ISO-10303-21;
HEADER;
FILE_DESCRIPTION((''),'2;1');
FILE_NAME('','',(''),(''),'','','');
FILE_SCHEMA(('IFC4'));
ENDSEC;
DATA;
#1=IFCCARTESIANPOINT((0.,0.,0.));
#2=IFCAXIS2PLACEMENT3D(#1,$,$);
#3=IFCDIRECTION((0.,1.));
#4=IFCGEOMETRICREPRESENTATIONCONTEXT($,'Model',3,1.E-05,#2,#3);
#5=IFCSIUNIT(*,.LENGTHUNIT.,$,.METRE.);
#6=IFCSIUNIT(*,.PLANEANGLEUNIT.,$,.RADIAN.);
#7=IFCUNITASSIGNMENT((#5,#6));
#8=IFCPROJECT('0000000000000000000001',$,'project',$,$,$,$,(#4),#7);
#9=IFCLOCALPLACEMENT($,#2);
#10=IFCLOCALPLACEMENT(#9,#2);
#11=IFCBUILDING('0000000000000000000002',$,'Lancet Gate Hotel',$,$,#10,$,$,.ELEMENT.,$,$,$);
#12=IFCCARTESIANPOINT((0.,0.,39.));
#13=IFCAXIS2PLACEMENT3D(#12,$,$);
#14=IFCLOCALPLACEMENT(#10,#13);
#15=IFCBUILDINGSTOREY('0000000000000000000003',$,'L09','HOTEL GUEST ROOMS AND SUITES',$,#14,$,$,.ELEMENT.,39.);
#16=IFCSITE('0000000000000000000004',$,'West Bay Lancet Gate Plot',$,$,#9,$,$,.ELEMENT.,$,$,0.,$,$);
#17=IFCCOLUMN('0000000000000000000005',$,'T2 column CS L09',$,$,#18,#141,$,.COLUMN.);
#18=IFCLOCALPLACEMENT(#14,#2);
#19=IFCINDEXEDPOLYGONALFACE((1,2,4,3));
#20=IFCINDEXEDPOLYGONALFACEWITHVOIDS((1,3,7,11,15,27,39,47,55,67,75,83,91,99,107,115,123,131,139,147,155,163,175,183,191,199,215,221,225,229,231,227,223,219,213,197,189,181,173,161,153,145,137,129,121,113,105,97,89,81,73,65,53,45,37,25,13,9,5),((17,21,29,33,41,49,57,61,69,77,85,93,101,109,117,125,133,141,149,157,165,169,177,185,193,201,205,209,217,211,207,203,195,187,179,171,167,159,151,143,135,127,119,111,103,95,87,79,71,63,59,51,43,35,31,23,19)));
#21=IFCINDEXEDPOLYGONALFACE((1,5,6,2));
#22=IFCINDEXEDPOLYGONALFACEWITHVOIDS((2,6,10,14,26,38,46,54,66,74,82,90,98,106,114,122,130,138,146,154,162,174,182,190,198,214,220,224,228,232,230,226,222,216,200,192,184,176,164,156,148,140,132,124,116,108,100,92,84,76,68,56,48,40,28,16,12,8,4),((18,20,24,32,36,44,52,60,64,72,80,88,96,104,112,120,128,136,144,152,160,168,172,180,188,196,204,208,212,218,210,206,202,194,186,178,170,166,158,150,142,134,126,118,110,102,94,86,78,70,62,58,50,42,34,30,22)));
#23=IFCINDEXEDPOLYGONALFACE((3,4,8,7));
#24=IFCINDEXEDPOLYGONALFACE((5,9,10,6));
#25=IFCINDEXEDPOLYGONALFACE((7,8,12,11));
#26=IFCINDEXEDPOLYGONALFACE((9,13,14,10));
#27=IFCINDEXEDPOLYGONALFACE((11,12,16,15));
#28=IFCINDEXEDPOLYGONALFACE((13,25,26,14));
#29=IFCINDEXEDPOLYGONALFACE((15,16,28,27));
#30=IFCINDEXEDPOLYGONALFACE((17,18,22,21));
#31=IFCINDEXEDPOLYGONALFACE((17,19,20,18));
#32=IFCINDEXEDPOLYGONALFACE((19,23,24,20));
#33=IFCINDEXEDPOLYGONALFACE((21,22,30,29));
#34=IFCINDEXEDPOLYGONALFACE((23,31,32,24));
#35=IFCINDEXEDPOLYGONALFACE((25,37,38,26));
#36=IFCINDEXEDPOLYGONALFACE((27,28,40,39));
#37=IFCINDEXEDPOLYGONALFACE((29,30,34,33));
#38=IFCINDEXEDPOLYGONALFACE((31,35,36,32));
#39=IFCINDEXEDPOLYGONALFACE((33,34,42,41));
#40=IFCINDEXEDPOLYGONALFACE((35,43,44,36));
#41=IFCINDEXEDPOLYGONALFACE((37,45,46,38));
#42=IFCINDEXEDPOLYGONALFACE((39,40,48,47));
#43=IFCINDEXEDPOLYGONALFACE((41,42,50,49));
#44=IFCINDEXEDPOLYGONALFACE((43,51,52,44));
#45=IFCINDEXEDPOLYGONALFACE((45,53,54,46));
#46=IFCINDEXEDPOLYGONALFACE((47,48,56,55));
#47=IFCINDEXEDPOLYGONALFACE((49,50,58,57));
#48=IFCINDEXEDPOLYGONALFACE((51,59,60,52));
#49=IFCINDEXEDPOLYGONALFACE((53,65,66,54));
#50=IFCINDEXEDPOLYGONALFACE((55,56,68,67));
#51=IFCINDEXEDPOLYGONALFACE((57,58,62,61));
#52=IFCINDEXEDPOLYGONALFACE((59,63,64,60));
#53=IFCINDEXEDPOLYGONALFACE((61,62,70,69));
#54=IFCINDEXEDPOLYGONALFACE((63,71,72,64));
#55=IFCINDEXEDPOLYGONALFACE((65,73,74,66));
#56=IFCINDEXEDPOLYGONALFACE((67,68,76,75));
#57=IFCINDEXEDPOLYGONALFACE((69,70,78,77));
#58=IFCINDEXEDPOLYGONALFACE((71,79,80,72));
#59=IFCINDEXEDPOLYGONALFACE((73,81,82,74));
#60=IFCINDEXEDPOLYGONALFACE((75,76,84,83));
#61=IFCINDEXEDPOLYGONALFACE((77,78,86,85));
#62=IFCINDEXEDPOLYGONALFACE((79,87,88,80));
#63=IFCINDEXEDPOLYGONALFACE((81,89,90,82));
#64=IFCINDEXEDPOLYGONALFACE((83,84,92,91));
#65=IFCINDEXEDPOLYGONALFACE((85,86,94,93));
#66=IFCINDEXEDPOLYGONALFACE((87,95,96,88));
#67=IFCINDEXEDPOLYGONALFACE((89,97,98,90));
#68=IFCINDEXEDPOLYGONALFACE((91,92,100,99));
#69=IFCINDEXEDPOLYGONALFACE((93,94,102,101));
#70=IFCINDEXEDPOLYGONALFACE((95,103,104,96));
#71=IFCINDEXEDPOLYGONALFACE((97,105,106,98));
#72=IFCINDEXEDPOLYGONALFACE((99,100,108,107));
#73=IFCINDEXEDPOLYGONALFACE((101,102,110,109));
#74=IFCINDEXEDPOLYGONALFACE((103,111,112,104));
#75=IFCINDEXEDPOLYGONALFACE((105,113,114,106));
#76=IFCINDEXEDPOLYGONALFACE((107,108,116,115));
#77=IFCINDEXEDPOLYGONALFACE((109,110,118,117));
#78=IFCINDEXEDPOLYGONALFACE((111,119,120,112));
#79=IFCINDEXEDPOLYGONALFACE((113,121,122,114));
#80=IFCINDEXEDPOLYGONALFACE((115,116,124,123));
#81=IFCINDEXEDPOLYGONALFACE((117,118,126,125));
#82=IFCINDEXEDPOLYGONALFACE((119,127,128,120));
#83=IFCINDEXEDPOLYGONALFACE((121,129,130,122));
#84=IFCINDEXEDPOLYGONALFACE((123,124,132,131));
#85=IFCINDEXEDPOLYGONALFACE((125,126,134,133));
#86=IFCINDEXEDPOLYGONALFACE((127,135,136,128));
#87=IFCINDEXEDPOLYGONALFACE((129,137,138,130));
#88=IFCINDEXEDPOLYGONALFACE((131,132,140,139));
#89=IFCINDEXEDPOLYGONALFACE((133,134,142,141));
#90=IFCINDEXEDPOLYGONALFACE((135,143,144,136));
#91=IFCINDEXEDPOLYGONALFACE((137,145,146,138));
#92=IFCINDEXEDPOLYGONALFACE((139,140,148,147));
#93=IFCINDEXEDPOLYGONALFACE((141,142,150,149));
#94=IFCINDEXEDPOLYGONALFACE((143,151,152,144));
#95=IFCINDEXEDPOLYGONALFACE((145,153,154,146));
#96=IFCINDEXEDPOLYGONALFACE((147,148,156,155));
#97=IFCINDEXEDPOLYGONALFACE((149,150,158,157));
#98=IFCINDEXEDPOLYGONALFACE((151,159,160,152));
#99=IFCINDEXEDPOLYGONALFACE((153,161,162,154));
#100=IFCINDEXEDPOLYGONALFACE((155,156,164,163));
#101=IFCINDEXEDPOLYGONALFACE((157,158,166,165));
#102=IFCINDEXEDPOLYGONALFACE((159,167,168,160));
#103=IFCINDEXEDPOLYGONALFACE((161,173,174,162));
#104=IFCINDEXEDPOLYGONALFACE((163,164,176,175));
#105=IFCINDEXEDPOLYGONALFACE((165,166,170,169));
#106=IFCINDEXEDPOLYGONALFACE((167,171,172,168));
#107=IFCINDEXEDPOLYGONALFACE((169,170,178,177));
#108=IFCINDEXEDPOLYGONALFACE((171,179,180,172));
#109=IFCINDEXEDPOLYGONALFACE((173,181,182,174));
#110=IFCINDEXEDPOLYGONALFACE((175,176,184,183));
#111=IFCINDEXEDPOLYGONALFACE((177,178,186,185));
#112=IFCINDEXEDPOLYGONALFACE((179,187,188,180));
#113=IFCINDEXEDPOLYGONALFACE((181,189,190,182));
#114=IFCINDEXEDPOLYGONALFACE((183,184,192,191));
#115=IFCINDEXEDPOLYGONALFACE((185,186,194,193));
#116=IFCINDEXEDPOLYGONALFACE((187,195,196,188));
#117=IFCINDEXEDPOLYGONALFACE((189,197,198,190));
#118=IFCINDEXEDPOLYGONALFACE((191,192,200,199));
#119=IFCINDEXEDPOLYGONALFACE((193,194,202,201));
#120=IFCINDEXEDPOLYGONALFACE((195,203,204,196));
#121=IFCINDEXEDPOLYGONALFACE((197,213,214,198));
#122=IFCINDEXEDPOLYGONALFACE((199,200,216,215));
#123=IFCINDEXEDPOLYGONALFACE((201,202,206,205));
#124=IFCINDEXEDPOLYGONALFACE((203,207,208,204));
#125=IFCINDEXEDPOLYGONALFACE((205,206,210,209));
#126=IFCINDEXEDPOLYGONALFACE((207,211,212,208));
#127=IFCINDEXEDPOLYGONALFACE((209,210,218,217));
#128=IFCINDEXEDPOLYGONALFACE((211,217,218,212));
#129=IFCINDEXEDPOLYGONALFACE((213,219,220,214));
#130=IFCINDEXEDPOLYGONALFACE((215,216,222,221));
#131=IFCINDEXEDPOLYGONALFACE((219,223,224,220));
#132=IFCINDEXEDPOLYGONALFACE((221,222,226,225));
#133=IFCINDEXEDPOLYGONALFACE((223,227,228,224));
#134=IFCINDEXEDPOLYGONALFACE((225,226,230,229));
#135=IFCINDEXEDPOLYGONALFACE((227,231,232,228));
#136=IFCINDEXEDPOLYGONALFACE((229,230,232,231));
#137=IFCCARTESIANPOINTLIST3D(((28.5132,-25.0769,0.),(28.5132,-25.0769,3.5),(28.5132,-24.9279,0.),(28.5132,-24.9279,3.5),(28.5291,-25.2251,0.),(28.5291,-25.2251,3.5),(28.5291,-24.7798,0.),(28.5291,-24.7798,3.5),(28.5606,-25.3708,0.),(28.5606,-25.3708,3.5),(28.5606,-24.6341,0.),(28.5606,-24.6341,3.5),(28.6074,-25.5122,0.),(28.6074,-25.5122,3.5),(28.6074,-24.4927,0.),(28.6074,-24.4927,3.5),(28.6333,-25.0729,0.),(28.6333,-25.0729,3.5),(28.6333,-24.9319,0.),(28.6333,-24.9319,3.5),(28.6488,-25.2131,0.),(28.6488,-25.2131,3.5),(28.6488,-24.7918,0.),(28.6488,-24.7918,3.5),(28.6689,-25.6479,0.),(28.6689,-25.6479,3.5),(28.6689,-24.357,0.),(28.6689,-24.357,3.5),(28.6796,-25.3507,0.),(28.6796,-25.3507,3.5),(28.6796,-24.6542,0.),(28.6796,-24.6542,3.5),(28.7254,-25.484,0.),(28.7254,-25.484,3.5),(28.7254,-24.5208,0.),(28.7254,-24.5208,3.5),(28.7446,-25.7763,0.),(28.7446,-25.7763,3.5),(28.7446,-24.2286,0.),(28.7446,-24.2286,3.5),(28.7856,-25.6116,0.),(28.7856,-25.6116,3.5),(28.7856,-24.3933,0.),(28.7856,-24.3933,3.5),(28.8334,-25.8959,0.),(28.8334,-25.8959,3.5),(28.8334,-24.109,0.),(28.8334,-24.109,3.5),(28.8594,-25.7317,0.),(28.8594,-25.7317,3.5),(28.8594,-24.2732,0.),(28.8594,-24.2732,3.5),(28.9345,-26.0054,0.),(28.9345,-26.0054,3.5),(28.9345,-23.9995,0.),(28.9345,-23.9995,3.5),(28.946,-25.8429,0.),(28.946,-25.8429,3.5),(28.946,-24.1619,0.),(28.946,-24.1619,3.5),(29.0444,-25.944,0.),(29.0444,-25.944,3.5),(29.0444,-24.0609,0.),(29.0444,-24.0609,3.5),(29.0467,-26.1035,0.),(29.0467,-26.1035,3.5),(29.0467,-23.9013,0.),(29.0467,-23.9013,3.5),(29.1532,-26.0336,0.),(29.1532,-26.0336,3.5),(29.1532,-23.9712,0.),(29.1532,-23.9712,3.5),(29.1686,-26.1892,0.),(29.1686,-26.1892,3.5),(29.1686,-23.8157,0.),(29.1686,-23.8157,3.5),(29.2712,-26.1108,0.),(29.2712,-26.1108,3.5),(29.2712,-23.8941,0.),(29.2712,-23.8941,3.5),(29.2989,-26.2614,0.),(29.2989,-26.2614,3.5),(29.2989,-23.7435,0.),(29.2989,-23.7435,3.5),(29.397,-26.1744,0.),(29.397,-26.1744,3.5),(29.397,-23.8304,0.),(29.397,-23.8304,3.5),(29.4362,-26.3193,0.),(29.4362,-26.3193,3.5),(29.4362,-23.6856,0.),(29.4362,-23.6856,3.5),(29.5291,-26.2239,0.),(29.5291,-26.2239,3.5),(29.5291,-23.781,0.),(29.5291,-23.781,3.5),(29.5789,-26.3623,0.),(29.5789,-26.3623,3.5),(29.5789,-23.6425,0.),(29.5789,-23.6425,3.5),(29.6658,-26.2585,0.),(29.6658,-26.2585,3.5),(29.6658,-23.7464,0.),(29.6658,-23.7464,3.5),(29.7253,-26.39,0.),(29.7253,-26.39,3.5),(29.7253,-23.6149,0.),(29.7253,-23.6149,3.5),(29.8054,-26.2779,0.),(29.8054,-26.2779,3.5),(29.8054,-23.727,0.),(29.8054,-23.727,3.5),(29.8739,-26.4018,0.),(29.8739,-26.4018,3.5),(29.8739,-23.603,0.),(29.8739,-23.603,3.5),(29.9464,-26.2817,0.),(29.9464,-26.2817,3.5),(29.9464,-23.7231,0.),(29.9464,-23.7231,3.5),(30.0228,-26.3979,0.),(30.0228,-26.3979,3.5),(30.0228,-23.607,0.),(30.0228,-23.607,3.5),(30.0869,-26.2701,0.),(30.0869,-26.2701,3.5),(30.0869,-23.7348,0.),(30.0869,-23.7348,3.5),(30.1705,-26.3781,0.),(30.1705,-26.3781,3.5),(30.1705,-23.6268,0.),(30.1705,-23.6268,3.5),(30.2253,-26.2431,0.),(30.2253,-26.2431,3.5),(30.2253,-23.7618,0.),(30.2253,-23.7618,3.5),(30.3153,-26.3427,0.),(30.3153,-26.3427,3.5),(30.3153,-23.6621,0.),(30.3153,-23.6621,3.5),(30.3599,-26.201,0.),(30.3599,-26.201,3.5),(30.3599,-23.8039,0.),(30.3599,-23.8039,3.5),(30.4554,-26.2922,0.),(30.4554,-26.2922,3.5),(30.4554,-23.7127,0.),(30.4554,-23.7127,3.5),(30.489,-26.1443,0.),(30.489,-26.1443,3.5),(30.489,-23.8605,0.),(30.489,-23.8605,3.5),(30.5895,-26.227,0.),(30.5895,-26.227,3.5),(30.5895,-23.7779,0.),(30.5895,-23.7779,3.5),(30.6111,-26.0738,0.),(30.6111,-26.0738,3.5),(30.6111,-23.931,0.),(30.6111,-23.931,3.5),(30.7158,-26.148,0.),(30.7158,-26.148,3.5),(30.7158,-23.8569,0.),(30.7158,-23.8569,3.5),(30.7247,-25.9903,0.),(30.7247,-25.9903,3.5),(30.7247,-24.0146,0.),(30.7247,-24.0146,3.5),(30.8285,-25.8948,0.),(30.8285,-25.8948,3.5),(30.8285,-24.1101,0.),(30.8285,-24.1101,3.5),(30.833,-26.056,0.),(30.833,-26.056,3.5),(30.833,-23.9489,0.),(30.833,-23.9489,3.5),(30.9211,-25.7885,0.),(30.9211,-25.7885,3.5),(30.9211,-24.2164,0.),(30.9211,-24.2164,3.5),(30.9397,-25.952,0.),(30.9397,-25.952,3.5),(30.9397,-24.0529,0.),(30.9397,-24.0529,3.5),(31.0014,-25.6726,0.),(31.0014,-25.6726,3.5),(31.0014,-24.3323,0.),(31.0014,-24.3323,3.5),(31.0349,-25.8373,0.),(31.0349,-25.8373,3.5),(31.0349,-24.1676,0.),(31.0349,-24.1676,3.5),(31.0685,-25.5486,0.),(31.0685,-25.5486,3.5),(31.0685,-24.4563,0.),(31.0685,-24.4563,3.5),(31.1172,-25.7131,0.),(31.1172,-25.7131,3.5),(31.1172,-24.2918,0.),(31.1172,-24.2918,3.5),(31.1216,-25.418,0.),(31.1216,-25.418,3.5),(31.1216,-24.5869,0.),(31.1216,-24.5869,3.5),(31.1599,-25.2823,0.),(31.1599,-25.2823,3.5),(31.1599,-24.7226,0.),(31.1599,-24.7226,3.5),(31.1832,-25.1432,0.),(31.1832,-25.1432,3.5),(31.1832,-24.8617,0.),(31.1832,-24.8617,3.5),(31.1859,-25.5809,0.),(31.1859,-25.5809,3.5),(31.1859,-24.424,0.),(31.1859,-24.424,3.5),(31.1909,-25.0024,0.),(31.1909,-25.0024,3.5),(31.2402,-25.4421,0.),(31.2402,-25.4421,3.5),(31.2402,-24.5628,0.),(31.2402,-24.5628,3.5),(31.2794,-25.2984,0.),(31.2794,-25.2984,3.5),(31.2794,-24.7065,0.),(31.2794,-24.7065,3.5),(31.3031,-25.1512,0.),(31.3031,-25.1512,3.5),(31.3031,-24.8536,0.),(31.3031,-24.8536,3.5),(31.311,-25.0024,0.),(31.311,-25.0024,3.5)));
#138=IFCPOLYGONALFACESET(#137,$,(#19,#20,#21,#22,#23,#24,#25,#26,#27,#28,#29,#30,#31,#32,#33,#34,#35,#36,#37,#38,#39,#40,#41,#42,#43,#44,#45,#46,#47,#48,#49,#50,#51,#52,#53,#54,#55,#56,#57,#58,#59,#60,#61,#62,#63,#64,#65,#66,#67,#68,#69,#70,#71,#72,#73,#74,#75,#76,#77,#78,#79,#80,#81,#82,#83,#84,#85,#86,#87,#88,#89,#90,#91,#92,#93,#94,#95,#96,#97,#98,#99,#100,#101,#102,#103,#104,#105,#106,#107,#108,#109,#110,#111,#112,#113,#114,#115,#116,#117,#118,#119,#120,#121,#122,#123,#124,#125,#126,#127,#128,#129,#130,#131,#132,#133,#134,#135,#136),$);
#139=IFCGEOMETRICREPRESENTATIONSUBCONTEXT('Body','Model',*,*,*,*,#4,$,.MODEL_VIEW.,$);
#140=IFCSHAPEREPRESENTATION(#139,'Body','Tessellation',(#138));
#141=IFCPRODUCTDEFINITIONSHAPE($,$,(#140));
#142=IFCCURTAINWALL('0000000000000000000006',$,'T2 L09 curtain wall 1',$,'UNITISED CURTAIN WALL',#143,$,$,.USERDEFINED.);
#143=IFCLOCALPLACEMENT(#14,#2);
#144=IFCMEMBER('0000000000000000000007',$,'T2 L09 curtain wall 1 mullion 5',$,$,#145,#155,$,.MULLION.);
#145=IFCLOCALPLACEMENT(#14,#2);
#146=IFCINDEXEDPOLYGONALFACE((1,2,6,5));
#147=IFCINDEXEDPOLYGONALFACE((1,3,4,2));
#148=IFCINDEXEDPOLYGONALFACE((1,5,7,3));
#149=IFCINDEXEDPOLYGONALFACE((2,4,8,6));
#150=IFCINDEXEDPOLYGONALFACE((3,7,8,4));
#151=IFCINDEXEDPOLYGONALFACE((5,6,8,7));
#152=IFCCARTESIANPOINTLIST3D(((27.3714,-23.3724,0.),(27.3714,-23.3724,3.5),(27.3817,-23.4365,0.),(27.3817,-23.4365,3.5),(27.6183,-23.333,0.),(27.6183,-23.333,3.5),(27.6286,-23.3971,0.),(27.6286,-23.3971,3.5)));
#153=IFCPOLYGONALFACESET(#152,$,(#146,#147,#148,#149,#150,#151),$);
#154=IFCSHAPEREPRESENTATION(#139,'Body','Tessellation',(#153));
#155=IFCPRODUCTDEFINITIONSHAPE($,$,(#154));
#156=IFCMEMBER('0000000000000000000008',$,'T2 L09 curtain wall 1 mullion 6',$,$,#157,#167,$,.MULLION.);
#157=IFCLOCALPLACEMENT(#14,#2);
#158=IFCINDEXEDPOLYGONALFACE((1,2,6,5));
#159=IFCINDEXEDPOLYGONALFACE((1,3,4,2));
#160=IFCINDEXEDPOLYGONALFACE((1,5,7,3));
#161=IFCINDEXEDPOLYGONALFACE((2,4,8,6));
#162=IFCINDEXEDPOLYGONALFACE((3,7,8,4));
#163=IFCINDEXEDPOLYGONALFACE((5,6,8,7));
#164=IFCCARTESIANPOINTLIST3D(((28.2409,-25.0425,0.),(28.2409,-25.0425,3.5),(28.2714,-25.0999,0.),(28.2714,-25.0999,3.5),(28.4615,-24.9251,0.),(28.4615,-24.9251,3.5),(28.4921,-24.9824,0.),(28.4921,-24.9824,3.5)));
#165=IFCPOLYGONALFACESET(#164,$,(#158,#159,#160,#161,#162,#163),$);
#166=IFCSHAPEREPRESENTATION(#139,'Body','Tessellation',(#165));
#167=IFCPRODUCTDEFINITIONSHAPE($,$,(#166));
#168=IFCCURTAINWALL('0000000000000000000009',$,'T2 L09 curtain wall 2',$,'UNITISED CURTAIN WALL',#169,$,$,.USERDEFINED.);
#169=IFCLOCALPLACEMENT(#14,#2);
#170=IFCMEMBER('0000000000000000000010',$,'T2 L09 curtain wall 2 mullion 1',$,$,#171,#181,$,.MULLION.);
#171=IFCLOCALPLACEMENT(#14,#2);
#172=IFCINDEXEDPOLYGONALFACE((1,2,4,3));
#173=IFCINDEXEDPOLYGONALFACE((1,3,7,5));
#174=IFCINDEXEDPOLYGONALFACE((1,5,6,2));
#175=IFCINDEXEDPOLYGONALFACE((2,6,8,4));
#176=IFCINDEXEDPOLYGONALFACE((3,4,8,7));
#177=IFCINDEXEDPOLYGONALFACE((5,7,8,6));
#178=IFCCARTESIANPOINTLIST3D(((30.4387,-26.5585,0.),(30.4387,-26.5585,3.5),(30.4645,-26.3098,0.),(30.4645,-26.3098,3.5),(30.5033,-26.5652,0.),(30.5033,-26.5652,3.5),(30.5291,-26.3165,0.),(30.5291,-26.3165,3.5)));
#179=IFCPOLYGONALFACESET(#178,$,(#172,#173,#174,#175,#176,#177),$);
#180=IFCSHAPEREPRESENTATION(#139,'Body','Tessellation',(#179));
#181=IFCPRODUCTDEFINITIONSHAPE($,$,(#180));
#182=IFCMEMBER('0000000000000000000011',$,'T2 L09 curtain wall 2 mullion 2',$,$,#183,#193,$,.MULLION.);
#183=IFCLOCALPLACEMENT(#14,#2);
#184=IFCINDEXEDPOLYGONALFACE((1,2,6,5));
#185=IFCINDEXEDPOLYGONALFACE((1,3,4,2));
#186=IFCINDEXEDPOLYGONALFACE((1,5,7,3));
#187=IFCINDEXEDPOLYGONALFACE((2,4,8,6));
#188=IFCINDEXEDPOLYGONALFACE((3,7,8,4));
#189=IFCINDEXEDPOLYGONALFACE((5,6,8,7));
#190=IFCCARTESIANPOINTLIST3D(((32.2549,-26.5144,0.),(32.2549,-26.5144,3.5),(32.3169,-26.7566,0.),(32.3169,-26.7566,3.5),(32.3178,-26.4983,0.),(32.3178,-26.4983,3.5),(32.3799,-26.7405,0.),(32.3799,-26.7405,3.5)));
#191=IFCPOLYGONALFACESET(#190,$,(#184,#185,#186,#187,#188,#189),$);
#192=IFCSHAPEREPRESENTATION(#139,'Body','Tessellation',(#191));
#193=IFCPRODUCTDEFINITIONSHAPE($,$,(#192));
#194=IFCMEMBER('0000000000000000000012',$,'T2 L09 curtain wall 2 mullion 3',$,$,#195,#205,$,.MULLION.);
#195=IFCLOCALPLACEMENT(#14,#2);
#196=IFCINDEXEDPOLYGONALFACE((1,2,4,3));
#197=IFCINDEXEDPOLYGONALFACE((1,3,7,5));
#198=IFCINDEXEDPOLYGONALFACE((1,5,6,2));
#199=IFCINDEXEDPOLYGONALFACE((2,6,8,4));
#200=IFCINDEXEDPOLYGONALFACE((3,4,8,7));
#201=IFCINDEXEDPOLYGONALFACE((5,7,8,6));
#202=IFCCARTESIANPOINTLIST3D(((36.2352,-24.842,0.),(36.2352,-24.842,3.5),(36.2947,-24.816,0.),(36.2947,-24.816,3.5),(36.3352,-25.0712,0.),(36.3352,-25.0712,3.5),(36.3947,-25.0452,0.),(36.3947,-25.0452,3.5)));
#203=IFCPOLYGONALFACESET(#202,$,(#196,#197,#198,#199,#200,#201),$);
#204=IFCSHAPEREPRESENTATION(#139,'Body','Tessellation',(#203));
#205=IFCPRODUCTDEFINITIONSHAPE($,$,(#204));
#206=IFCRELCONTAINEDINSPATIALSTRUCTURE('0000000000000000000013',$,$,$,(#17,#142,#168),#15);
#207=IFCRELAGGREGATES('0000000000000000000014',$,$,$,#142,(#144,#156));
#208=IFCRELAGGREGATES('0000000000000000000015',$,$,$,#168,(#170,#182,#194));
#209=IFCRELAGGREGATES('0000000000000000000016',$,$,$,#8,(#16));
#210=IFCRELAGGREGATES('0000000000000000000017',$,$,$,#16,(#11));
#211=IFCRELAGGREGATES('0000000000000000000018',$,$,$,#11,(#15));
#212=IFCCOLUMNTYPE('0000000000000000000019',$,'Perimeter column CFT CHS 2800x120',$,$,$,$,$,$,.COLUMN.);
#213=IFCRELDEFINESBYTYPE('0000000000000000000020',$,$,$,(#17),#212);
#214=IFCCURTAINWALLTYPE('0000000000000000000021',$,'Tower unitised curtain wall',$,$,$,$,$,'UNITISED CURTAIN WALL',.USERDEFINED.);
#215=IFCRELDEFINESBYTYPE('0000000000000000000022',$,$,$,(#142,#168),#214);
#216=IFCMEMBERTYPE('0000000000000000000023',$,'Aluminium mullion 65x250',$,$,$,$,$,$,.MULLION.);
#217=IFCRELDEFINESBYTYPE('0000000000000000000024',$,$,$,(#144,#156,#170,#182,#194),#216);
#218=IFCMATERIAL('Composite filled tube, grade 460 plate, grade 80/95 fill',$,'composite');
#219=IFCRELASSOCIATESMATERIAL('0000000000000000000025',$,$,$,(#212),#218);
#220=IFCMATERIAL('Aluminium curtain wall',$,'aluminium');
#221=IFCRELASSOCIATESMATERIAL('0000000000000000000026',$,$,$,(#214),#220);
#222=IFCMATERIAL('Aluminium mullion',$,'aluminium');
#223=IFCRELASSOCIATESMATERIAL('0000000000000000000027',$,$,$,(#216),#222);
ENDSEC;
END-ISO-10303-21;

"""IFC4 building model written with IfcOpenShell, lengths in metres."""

from ifc_helpers import new_model, si_unit, direction, frame, origin, origin_2d, place, context, subcontext, project, spatial, rectangle, hollow_circle, extrude, material, material_profile, profile_set, type_object, element, aggregate, save


model = new_model("IFC4")

# Units and contexts
model_context = context("Model", 3, precision=1e-05, world=origin(), true_north=direction((0.0, 1.0)))
body_context = subcontext(model_context, "Body", "Model", "MODEL_VIEW")
ifc_project = project(units=[si_unit("LENGTHUNIT", "METRE"), si_unit("PLANEANGLEUNIT", "RADIAN")], contexts=[model_context])

# Site, building, storey
site_placement = place(None, origin())
site = spatial("IfcSite", under=ifc_project, at=site_placement, Name="West Bay Lancet Gate Plot", CompositionType="ELEMENT", RefElevation=0.0)
building_placement = place(site_placement, origin())
building = spatial("IfcBuilding", under=site, at=building_placement, Name="Lancet Gate Hotel", CompositionType="ELEMENT")
storey_placement = place(building_placement, frame((0.0, 0.0, 39.0)))
storey = spatial("IfcBuildingStorey", under=building, at=storey_placement, Name="L09", Description="HOTEL GUEST ROOMS AND SUITES", CompositionType="ELEMENT", Elevation=39.0)

# Column
ifc_material_1 = material(Name="Composite filled tube, grade 460 plate, grade 80/95 fill", Category="composite")
ifc_material_profile_1 = material_profile(ifc_material_1, hollow_circle(Radius=1.3999, WallThickness=0.1201, at=origin_2d()), Name="CHS 2800x120")
ifc_profile_set_1 = profile_set([ifc_material_profile_1], Name="Composite filled tube, grade 460 plate, grade 80/95 fill")
column_type = type_object("IfcColumnType", Name="Perimeter column CFT CHS 2800x120", PredefinedType="COLUMN", material=ifc_profile_set_1)
column_placement = place(storey_placement, frame((29.9111, -25.0024, 0.0), z_axis=(0.0, 0.0, 1.0), x_axis=(1.0, 0.0, 0.0)))
element("IfcColumn", 1, at=column_placement, inside=storey, type_object=column_type, Name="T2 column CS L09", PredefinedType="COLUMN", context=body_context, shape_type="SweptSolid", body=[
    extrude(hollow_circle(Radius=1.3999, WallThickness=0.1201, at=origin_2d()), origin(), (0.0, 0.0, 1.0), 3.5),
])

# Curtain walls, members
ifc_material_2 = material(Name="Aluminium curtain wall", Category="aluminium")
curtain_wall_type = type_object("IfcCurtainWallType", Name="Tower unitised curtain wall", ElementType="UNITISED CURTAIN WALL", PredefinedType="USERDEFINED", material=ifc_material_2)
curtain_wall_1_placement = place(storey_placement, origin())
curtain_wall_1 = element("IfcCurtainWall", 2, at=curtain_wall_1_placement, inside=storey, type_object=curtain_wall_type, Name="T2 L09 curtain wall 1", ObjectType="UNITISED CURTAIN WALL", PredefinedType="USERDEFINED")
ifc_material_3 = material(Name="Aluminium mullion", Category="aluminium")
ifc_material_profile_2 = material_profile(ifc_material_3, rectangle(XDim=0.0649, YDim=0.25, at=origin_2d()), Name="MULLION 65x250")
ifc_profile_set_2 = profile_set([ifc_material_profile_2], Name="Aluminium mullion")
member_type_1 = type_object("IfcMemberType", Name="Aluminium mullion 65x250", PredefinedType="MULLION", material=ifc_profile_set_2)
member_1_placement = place(storey_placement, frame((27.5, -23.3848, 0.0), z_axis=(0.0, 0.0, 1.0), x_axis=(0.157752, -0.987479, 0.0)))
member_1 = element("IfcMember", 3, at=member_1_placement, type_object=member_type_1, Name="T2 L09 curtain wall 1 mullion 5", PredefinedType="MULLION", context=body_context, shape_type="SweptSolid", body=[
    extrude(rectangle(XDim=0.0649, YDim=0.25, at=origin_2d()), origin(), (0.0, 0.0, 1.0), 3.5),
])
member_2_placement = place(storey_placement, frame((28.3665, -25.0125, 0.0), z_axis=(0.0, 0.0, 1.0), x_axis=(0.469898, -0.882721, 0.0)))
member_2 = element("IfcMember", 4, at=member_2_placement, type_object=member_type_1, Name="T2 L09 curtain wall 1 mullion 6", PredefinedType="MULLION", context=body_context, shape_type="SweptSolid", body=[
    extrude(rectangle(XDim=0.0649, YDim=0.25, at=origin_2d()), origin(), (0.0, 0.0, 1.0), 3.5),
])
curtain_wall_2_placement = place(storey_placement, origin())
curtain_wall_2 = element("IfcCurtainWall", 5, at=curtain_wall_2_placement, inside=storey, type_object=curtain_wall_type, Name="T2 L09 curtain wall 2", ObjectType="UNITISED CURTAIN WALL", PredefinedType="USERDEFINED")
member_3_placement = place(storey_placement, frame((30.4839, -26.4375, 0.0), z_axis=(0.0, 0.0, 1.0), x_axis=(0.994672, -0.103088, 0.0)))
member_3 = element("IfcMember", 6, at=member_3_placement, type_object=member_type_1, Name="T2 L09 curtain wall 2 mullion 1", PredefinedType="MULLION", context=body_context, shape_type="SweptSolid", body=[
    extrude(rectangle(XDim=0.0649, YDim=0.25, at=origin_2d()), origin(), (0.0, 0.0, 1.0), 3.5),
])
member_4_placement = place(storey_placement, frame((32.3174, -26.6274, 0.0), z_axis=(0.0, 0.0, 1.0), x_axis=(0.968721, 0.24815, 0.0)))
member_4 = element("IfcMember", 7, at=member_4_placement, type_object=member_type_1, Name="T2 L09 curtain wall 2 mullion 2", PredefinedType="MULLION", context=body_context, shape_type="SweptSolid", body=[
    extrude(rectangle(XDim=0.0649, YDim=0.25, at=origin_2d()), origin(), (0.0, 0.0, 1.0), 3.5),
])
member_5_placement = place(storey_placement, frame((36.3149, -24.9436, 0.0), z_axis=(0.0, 0.0, 1.0), x_axis=(0.916579, 0.399854, 0.0)))
member_5 = element("IfcMember", 8, at=member_5_placement, type_object=member_type_1, Name="T2 L09 curtain wall 2 mullion 3", PredefinedType="MULLION", context=body_context, shape_type="SweptSolid", body=[
    extrude(rectangle(XDim=0.0649, YDim=0.25, at=origin_2d()), origin(), (0.0, 0.0, 1.0), 3.5),
])

aggregate(curtain_wall_1, [member_1, member_2])
aggregate(curtain_wall_2, [member_3, member_4, member_5])

save(model, "model.ifc")
